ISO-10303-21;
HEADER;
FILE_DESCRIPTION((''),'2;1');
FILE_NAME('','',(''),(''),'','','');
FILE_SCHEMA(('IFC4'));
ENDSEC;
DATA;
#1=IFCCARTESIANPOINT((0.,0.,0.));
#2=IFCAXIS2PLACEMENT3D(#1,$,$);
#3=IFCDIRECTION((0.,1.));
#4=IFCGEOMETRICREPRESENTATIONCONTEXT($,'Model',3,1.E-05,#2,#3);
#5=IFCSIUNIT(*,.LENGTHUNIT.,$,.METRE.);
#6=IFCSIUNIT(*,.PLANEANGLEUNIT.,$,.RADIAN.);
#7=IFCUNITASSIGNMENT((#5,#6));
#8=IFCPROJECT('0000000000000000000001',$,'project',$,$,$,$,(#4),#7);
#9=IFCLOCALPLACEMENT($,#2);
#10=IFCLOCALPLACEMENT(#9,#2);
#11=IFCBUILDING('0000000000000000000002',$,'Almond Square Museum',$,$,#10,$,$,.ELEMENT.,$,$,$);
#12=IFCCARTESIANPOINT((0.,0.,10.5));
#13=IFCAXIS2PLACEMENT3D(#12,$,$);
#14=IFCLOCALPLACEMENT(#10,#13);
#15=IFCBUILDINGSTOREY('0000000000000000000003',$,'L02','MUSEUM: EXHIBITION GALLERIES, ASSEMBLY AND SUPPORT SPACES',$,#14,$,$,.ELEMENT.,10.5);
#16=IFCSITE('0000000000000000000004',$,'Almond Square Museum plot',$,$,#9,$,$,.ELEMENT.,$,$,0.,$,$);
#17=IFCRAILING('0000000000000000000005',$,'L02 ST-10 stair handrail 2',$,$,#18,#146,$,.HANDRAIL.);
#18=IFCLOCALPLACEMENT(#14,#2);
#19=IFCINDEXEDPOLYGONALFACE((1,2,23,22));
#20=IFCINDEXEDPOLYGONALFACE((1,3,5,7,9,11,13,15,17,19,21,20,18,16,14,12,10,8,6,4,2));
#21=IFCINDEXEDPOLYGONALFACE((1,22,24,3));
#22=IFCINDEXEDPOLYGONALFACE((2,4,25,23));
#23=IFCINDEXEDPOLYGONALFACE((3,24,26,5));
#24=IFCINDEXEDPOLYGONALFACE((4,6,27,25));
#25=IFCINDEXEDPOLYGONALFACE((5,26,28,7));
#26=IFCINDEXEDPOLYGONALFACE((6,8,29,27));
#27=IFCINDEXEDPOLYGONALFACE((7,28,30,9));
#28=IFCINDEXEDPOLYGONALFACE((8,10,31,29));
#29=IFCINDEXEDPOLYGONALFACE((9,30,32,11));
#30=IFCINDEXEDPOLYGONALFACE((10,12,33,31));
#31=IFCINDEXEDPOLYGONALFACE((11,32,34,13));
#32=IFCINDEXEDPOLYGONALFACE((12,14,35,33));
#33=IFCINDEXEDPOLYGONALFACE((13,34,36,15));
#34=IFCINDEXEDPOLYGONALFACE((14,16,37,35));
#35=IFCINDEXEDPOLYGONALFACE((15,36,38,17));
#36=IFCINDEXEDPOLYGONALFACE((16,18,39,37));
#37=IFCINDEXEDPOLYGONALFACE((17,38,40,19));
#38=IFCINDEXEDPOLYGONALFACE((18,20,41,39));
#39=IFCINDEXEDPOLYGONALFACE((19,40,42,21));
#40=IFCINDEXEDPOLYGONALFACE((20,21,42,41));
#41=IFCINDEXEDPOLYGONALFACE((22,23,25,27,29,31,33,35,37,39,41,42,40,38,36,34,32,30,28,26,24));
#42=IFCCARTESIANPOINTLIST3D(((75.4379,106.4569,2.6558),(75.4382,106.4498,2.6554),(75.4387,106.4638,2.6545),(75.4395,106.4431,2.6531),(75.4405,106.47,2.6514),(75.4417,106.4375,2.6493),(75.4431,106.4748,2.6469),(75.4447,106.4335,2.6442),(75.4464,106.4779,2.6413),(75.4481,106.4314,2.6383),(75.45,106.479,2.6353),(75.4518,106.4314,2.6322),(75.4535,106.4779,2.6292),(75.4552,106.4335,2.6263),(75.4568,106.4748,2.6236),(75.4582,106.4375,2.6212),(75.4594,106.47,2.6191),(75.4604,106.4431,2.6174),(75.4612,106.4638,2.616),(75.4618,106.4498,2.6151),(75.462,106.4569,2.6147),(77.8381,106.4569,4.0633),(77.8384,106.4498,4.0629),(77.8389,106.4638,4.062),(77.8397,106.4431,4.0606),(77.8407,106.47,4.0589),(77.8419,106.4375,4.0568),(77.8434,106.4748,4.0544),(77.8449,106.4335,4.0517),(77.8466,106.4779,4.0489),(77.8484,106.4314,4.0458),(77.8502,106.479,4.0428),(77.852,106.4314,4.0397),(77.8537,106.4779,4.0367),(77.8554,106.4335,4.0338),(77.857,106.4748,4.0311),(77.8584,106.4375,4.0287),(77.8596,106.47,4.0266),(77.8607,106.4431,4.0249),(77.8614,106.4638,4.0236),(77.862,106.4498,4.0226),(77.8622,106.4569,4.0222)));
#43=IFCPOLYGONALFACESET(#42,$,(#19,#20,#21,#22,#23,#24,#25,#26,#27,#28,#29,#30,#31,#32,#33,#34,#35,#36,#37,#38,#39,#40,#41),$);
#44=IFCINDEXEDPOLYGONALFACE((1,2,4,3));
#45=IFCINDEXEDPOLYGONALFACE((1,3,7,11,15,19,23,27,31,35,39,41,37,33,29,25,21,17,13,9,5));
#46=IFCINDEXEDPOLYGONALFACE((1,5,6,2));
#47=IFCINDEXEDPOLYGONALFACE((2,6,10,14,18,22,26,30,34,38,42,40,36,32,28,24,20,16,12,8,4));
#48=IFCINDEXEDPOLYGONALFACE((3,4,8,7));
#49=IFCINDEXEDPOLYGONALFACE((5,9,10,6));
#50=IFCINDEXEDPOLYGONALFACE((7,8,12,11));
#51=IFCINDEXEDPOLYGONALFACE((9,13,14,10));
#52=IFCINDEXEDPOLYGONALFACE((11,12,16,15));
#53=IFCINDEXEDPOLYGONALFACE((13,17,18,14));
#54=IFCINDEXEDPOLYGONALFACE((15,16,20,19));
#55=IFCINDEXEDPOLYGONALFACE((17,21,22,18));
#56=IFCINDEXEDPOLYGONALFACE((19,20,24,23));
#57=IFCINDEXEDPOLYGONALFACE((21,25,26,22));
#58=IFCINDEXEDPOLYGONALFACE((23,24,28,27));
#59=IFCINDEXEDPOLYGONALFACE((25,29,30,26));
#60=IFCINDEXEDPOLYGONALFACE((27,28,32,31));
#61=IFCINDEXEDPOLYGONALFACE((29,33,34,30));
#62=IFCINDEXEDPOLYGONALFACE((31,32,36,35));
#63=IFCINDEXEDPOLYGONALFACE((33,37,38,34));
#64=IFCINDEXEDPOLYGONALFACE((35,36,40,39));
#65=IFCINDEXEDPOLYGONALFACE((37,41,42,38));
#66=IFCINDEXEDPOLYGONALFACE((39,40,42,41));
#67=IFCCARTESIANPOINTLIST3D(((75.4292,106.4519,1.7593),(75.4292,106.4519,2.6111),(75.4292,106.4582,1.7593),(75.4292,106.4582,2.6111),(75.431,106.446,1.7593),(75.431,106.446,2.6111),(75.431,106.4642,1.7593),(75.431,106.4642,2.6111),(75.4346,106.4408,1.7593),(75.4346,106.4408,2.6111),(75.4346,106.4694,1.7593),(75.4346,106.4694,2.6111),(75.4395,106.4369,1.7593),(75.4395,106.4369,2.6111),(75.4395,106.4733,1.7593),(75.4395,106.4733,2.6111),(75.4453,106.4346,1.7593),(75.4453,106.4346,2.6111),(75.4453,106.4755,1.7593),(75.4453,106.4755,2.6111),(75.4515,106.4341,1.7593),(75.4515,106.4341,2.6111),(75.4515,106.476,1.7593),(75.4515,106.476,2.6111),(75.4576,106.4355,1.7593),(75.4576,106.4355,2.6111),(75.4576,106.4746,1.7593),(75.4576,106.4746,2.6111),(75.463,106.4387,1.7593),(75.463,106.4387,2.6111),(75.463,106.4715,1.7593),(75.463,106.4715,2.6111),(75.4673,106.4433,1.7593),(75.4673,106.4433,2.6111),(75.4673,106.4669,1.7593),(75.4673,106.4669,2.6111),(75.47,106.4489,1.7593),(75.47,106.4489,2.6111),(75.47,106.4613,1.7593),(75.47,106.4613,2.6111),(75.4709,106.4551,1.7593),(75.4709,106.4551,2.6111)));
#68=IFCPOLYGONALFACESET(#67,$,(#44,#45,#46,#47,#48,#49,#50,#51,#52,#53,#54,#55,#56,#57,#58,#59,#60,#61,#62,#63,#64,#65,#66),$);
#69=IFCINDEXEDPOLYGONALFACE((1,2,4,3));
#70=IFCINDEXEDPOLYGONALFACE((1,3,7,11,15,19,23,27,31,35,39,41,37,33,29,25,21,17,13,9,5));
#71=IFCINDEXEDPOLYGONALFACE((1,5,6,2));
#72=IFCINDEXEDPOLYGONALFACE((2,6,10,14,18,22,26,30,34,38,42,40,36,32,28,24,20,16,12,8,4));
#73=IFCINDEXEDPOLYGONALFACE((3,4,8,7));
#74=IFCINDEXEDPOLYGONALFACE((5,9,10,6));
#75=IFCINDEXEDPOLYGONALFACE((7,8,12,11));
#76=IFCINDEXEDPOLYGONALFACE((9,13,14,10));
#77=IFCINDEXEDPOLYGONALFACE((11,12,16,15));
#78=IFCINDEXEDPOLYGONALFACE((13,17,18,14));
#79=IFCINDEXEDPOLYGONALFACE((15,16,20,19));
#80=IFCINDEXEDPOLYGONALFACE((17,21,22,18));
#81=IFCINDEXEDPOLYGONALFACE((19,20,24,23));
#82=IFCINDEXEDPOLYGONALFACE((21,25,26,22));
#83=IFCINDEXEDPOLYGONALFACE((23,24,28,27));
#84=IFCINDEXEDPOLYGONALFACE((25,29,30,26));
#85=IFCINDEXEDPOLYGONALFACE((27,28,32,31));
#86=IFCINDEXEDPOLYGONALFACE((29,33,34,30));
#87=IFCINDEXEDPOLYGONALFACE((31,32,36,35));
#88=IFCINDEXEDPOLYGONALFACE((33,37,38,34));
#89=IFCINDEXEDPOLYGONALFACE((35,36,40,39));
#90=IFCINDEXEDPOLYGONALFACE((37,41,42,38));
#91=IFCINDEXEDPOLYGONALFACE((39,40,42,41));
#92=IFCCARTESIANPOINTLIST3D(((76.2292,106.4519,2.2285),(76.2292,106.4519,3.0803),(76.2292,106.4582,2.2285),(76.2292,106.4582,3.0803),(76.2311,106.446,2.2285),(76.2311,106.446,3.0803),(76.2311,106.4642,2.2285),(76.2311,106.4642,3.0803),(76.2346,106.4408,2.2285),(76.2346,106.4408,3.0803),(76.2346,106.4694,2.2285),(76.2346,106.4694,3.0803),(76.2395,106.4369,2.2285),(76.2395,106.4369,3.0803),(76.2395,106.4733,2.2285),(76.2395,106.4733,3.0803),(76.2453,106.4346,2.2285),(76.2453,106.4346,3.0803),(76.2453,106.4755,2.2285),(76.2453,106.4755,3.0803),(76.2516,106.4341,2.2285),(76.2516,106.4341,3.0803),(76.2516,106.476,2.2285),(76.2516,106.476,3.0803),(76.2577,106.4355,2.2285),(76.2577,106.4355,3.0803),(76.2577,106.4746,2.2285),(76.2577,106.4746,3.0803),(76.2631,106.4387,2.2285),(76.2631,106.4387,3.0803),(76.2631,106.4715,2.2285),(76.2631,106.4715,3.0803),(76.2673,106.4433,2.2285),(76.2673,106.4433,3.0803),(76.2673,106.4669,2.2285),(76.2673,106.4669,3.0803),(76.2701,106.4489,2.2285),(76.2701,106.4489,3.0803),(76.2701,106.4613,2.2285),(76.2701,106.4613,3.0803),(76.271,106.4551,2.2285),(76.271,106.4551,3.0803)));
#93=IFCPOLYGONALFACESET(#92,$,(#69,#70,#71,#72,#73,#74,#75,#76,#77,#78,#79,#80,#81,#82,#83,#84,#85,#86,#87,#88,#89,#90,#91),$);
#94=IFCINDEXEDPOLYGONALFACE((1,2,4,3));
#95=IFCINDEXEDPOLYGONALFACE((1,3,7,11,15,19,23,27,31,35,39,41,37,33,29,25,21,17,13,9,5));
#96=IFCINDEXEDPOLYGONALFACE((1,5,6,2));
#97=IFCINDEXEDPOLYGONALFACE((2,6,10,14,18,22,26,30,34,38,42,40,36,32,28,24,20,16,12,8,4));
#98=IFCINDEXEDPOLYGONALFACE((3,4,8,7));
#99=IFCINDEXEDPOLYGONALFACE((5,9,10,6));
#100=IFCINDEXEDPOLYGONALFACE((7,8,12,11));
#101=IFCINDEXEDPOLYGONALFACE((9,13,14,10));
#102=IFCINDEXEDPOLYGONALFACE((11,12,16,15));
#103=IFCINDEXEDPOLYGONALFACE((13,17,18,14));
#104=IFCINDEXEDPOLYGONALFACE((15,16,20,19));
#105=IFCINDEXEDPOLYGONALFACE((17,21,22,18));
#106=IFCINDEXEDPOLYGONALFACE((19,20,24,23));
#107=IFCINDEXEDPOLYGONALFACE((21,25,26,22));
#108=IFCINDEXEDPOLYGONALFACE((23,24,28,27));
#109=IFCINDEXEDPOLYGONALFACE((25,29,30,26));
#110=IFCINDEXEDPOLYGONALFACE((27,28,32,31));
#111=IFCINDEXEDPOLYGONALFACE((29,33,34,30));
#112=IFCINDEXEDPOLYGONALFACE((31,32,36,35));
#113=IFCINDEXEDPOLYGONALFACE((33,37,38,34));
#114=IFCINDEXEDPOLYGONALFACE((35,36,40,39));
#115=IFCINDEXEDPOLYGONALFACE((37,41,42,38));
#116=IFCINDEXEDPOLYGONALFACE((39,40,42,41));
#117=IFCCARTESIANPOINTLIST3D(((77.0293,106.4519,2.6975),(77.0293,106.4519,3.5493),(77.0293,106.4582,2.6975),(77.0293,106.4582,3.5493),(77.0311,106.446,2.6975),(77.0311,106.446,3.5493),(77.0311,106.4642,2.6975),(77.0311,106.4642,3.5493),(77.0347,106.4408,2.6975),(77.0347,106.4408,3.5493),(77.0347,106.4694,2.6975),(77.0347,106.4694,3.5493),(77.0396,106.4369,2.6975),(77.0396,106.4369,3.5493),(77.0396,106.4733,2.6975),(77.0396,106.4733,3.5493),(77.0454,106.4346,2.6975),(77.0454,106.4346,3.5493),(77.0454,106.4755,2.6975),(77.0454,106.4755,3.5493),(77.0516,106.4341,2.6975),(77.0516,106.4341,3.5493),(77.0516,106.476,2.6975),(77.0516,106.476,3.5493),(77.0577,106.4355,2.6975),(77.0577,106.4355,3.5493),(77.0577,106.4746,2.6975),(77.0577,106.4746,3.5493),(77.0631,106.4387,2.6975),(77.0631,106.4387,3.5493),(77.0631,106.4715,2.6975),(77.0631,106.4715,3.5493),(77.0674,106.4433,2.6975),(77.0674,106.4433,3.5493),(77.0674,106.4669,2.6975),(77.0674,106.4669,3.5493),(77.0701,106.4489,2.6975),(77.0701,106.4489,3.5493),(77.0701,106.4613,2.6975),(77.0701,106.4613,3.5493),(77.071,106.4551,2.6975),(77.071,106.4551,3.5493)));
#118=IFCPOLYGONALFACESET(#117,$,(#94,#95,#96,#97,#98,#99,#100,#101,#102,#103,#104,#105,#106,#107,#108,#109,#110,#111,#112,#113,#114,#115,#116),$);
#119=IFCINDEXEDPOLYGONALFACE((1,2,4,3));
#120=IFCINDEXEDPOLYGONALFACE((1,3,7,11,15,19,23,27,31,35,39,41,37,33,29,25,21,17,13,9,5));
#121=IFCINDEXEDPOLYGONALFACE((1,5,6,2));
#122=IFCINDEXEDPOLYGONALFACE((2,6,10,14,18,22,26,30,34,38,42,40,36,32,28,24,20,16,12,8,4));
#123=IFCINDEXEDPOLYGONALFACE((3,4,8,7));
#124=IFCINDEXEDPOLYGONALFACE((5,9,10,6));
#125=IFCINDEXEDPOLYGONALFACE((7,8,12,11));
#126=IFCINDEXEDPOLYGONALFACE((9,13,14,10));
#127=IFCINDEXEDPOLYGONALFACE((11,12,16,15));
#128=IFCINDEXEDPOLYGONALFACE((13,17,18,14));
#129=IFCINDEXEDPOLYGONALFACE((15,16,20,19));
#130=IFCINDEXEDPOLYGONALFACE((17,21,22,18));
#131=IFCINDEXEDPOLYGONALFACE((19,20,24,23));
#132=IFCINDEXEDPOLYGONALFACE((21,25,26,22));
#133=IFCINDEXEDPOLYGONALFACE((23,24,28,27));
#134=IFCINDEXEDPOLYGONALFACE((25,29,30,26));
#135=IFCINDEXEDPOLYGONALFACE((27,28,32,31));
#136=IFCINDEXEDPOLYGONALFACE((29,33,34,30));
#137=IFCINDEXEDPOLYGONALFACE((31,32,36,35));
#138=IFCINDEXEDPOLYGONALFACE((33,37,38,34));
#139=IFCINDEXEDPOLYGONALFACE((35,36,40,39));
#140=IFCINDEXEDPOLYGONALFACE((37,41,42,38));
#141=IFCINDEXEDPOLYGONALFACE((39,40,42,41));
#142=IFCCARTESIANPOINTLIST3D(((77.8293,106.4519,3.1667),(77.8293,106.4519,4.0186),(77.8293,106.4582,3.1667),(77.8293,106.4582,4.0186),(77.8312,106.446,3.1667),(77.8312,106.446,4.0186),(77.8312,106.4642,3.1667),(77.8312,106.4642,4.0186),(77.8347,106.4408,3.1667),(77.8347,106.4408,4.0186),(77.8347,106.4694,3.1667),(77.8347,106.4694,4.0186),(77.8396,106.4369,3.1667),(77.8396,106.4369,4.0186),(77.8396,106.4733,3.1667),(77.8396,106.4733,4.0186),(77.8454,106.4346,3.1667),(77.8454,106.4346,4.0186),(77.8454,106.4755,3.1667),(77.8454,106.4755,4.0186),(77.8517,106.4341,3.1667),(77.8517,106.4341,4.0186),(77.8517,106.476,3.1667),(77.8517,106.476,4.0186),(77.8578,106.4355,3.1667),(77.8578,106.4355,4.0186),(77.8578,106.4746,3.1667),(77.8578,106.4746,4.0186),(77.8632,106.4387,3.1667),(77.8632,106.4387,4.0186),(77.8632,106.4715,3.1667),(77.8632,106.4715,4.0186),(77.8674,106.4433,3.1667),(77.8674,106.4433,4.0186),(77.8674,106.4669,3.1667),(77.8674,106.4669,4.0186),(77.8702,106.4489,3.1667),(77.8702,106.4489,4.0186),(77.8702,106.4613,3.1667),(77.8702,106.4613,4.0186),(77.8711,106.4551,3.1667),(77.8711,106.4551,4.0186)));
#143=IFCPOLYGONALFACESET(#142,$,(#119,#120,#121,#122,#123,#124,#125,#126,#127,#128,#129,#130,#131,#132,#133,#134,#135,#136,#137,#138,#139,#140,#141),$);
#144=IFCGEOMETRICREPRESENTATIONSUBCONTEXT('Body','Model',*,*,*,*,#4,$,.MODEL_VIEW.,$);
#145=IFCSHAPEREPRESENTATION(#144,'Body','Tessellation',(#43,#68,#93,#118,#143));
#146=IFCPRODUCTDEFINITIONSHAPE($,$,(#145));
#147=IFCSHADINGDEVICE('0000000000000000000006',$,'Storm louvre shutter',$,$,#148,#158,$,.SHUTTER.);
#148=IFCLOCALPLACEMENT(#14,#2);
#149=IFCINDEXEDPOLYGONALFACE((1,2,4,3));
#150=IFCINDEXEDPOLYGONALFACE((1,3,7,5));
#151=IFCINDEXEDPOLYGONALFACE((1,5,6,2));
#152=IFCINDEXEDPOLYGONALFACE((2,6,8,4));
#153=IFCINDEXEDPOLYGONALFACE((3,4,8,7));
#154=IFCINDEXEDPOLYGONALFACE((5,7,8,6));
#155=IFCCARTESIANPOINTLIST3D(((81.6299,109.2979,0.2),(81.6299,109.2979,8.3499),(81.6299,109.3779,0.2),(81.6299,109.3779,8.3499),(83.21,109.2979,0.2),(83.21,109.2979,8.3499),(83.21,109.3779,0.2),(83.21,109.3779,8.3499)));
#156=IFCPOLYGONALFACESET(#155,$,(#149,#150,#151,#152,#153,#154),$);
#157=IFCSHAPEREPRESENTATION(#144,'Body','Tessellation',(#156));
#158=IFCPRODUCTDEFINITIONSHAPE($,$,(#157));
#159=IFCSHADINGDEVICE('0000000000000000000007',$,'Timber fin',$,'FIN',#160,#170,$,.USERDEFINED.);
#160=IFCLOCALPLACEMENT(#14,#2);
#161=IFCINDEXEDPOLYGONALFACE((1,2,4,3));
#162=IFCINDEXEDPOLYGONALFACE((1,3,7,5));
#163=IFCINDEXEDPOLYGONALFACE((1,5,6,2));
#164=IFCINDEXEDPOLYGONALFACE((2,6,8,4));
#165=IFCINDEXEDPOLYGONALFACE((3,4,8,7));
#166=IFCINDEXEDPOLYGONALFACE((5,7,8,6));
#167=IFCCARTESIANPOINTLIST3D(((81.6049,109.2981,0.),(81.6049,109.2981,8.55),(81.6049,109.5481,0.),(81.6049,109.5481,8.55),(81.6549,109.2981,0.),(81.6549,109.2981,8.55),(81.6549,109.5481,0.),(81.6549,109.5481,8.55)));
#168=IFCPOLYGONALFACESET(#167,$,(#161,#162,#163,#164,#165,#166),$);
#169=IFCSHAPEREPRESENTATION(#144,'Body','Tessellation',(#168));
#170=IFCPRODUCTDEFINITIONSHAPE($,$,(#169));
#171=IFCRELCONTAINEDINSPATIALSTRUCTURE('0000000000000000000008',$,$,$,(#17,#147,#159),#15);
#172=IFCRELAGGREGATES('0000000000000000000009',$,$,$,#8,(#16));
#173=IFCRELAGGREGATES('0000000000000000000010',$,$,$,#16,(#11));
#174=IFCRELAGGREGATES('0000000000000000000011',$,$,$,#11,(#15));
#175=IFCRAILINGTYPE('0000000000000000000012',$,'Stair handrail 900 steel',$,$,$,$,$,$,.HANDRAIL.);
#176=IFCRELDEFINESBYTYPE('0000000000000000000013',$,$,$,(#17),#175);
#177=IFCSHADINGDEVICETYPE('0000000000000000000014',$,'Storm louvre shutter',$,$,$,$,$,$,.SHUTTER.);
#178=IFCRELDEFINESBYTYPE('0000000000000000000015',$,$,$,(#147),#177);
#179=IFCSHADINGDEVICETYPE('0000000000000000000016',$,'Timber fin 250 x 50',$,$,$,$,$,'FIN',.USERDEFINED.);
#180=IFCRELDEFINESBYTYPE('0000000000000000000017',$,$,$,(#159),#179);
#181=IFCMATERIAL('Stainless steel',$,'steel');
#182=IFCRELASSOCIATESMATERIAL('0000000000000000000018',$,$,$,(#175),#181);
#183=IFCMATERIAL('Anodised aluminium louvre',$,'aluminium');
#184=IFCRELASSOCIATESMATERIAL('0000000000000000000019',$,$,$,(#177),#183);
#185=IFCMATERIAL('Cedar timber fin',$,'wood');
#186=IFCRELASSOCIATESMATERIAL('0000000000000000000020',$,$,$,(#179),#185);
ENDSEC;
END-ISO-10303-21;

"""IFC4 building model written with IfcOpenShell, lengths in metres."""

from ifc_helpers import new_model, si_unit, direction, frame, origin, origin_2d, place, context, subcontext, project, spatial, rectangle, circle, extrude, material, material_profile, profile_set, type_object, element, save


model = new_model("IFC4")

# Units and contexts
model_context = context("Model", 3, precision=1e-05, world=origin(), true_north=direction((0.0, 1.0)))
body_context = subcontext(model_context, "Body", "Model", "MODEL_VIEW")
ifc_project = project(units=[si_unit("LENGTHUNIT", "METRE"), si_unit("PLANEANGLEUNIT", "RADIAN")], contexts=[model_context])

# Site, building, storey
site_placement = place(None, origin())
site = spatial("IfcSite", under=ifc_project, at=site_placement, Name="Almond Square Museum plot", CompositionType="ELEMENT", RefElevation=0.0)
building_placement = place(site_placement, origin())
building = spatial("IfcBuilding", under=site, at=building_placement, Name="Almond Square Museum", CompositionType="ELEMENT")
storey_placement = place(building_placement, frame((0.0, 0.0, 10.5)))
storey = spatial("IfcBuildingStorey", under=building, at=storey_placement, Name="L02", Description="MUSEUM: EXHIBITION GALLERIES, ASSEMBLY AND SUPPORT SPACES", CompositionType="ELEMENT", Elevation=10.5)

# Railing
ifc_material_1 = material(Name="Stainless steel", Category="steel")
railing_type_1 = type_object("IfcRailingType", Name="Stair handrail 900 steel", PredefinedType="HANDRAIL", material=ifc_material_1)
railing_1_placement = place(storey_placement, frame((75.45, 106.4551, 1.7593)))
element("IfcRailing", 1, at=railing_1_placement, inside=storey, type_object=railing_type_1, Name="L02 ST-10 stair handrail 2", PredefinedType="HANDRAIL", context=body_context, shape_type="SweptSolid", body=[
    extrude(circle(Radius=0.0239, at=origin_2d()), frame((0.0, 0.0, 0.876), z_axis=(0.862621, 0.0, 0.50585), x_axis=(0.0, 1.0, 0.0)), (0.0, 0.0, 1.0), 2.7825),
    extrude(circle(Radius=0.021, at=origin_2d()), origin(), (0.0, 0.0, 1.0), 0.8518),
    extrude(circle(Radius=0.021, at=origin_2d()), frame((0.8, 0.0, 0.4692)), (0.0, 0.0, 1.0), 0.8518),
    extrude(circle(Radius=0.021, at=origin_2d()), frame((1.6001, 0.0, 0.9382)), (0.0, 0.0, 1.0), 0.8518),
    extrude(circle(Radius=0.021, at=origin_2d()), frame((2.4001, 0.0, 1.4075)), (0.0, 0.0, 1.0), 0.8518),
])

# Shading devices
ifc_material_2 = material(Name="Anodised aluminium louvre", Category="aluminium")
shading_device_type_1 = type_object("IfcShadingDeviceType", Name="Storm louvre shutter", PredefinedType="SHUTTER", material=ifc_material_2)
shading_device_1_placement = place(storey_placement, frame((82.4199, 109.3379, 0.2), z_axis=(0.0, 0.0, 1.0), x_axis=(1.0, 0.0, 0.0)))
element("IfcShadingDevice", 2, at=shading_device_1_placement, inside=storey, type_object=shading_device_type_1, Name="Storm louvre shutter", PredefinedType="SHUTTER", context=body_context, shape_type="SweptSolid", body=[
    extrude(rectangle(XDim=1.5801, YDim=0.0801, at=origin_2d()), origin(), (0.0, 0.0, 1.0), 8.1499),
])
ifc_material_3 = material(Name="Cedar timber fin", Category="wood")
ifc_material_profile_1 = material_profile(ifc_material_3, rectangle(XDim=0.25, YDim=0.05, at=origin_2d()))
ifc_profile_set_1 = profile_set([ifc_material_profile_1], Name="Cedar timber fin")
shading_device_type_2 = type_object("IfcShadingDeviceType", Name="Timber fin 250 x 50", ElementType="FIN", PredefinedType="USERDEFINED", material=ifc_profile_set_1)
shading_device_2_placement = place(storey_placement, frame((81.6299, 109.4231, 0.0), z_axis=(0.0, 0.0, 1.0), x_axis=(0.0, 1.0, 0.0)))
element("IfcShadingDevice", 3, at=shading_device_2_placement, inside=storey, type_object=shading_device_type_2, Name="Timber fin", ObjectType="FIN", PredefinedType="USERDEFINED", context=body_context, shape_type="SweptSolid", body=[
    extrude(rectangle(XDim=0.25, YDim=0.05, at=origin_2d()), origin(), (0.0, 0.0, 1.0), 8.55),
])

save(model, "model.ifc")
